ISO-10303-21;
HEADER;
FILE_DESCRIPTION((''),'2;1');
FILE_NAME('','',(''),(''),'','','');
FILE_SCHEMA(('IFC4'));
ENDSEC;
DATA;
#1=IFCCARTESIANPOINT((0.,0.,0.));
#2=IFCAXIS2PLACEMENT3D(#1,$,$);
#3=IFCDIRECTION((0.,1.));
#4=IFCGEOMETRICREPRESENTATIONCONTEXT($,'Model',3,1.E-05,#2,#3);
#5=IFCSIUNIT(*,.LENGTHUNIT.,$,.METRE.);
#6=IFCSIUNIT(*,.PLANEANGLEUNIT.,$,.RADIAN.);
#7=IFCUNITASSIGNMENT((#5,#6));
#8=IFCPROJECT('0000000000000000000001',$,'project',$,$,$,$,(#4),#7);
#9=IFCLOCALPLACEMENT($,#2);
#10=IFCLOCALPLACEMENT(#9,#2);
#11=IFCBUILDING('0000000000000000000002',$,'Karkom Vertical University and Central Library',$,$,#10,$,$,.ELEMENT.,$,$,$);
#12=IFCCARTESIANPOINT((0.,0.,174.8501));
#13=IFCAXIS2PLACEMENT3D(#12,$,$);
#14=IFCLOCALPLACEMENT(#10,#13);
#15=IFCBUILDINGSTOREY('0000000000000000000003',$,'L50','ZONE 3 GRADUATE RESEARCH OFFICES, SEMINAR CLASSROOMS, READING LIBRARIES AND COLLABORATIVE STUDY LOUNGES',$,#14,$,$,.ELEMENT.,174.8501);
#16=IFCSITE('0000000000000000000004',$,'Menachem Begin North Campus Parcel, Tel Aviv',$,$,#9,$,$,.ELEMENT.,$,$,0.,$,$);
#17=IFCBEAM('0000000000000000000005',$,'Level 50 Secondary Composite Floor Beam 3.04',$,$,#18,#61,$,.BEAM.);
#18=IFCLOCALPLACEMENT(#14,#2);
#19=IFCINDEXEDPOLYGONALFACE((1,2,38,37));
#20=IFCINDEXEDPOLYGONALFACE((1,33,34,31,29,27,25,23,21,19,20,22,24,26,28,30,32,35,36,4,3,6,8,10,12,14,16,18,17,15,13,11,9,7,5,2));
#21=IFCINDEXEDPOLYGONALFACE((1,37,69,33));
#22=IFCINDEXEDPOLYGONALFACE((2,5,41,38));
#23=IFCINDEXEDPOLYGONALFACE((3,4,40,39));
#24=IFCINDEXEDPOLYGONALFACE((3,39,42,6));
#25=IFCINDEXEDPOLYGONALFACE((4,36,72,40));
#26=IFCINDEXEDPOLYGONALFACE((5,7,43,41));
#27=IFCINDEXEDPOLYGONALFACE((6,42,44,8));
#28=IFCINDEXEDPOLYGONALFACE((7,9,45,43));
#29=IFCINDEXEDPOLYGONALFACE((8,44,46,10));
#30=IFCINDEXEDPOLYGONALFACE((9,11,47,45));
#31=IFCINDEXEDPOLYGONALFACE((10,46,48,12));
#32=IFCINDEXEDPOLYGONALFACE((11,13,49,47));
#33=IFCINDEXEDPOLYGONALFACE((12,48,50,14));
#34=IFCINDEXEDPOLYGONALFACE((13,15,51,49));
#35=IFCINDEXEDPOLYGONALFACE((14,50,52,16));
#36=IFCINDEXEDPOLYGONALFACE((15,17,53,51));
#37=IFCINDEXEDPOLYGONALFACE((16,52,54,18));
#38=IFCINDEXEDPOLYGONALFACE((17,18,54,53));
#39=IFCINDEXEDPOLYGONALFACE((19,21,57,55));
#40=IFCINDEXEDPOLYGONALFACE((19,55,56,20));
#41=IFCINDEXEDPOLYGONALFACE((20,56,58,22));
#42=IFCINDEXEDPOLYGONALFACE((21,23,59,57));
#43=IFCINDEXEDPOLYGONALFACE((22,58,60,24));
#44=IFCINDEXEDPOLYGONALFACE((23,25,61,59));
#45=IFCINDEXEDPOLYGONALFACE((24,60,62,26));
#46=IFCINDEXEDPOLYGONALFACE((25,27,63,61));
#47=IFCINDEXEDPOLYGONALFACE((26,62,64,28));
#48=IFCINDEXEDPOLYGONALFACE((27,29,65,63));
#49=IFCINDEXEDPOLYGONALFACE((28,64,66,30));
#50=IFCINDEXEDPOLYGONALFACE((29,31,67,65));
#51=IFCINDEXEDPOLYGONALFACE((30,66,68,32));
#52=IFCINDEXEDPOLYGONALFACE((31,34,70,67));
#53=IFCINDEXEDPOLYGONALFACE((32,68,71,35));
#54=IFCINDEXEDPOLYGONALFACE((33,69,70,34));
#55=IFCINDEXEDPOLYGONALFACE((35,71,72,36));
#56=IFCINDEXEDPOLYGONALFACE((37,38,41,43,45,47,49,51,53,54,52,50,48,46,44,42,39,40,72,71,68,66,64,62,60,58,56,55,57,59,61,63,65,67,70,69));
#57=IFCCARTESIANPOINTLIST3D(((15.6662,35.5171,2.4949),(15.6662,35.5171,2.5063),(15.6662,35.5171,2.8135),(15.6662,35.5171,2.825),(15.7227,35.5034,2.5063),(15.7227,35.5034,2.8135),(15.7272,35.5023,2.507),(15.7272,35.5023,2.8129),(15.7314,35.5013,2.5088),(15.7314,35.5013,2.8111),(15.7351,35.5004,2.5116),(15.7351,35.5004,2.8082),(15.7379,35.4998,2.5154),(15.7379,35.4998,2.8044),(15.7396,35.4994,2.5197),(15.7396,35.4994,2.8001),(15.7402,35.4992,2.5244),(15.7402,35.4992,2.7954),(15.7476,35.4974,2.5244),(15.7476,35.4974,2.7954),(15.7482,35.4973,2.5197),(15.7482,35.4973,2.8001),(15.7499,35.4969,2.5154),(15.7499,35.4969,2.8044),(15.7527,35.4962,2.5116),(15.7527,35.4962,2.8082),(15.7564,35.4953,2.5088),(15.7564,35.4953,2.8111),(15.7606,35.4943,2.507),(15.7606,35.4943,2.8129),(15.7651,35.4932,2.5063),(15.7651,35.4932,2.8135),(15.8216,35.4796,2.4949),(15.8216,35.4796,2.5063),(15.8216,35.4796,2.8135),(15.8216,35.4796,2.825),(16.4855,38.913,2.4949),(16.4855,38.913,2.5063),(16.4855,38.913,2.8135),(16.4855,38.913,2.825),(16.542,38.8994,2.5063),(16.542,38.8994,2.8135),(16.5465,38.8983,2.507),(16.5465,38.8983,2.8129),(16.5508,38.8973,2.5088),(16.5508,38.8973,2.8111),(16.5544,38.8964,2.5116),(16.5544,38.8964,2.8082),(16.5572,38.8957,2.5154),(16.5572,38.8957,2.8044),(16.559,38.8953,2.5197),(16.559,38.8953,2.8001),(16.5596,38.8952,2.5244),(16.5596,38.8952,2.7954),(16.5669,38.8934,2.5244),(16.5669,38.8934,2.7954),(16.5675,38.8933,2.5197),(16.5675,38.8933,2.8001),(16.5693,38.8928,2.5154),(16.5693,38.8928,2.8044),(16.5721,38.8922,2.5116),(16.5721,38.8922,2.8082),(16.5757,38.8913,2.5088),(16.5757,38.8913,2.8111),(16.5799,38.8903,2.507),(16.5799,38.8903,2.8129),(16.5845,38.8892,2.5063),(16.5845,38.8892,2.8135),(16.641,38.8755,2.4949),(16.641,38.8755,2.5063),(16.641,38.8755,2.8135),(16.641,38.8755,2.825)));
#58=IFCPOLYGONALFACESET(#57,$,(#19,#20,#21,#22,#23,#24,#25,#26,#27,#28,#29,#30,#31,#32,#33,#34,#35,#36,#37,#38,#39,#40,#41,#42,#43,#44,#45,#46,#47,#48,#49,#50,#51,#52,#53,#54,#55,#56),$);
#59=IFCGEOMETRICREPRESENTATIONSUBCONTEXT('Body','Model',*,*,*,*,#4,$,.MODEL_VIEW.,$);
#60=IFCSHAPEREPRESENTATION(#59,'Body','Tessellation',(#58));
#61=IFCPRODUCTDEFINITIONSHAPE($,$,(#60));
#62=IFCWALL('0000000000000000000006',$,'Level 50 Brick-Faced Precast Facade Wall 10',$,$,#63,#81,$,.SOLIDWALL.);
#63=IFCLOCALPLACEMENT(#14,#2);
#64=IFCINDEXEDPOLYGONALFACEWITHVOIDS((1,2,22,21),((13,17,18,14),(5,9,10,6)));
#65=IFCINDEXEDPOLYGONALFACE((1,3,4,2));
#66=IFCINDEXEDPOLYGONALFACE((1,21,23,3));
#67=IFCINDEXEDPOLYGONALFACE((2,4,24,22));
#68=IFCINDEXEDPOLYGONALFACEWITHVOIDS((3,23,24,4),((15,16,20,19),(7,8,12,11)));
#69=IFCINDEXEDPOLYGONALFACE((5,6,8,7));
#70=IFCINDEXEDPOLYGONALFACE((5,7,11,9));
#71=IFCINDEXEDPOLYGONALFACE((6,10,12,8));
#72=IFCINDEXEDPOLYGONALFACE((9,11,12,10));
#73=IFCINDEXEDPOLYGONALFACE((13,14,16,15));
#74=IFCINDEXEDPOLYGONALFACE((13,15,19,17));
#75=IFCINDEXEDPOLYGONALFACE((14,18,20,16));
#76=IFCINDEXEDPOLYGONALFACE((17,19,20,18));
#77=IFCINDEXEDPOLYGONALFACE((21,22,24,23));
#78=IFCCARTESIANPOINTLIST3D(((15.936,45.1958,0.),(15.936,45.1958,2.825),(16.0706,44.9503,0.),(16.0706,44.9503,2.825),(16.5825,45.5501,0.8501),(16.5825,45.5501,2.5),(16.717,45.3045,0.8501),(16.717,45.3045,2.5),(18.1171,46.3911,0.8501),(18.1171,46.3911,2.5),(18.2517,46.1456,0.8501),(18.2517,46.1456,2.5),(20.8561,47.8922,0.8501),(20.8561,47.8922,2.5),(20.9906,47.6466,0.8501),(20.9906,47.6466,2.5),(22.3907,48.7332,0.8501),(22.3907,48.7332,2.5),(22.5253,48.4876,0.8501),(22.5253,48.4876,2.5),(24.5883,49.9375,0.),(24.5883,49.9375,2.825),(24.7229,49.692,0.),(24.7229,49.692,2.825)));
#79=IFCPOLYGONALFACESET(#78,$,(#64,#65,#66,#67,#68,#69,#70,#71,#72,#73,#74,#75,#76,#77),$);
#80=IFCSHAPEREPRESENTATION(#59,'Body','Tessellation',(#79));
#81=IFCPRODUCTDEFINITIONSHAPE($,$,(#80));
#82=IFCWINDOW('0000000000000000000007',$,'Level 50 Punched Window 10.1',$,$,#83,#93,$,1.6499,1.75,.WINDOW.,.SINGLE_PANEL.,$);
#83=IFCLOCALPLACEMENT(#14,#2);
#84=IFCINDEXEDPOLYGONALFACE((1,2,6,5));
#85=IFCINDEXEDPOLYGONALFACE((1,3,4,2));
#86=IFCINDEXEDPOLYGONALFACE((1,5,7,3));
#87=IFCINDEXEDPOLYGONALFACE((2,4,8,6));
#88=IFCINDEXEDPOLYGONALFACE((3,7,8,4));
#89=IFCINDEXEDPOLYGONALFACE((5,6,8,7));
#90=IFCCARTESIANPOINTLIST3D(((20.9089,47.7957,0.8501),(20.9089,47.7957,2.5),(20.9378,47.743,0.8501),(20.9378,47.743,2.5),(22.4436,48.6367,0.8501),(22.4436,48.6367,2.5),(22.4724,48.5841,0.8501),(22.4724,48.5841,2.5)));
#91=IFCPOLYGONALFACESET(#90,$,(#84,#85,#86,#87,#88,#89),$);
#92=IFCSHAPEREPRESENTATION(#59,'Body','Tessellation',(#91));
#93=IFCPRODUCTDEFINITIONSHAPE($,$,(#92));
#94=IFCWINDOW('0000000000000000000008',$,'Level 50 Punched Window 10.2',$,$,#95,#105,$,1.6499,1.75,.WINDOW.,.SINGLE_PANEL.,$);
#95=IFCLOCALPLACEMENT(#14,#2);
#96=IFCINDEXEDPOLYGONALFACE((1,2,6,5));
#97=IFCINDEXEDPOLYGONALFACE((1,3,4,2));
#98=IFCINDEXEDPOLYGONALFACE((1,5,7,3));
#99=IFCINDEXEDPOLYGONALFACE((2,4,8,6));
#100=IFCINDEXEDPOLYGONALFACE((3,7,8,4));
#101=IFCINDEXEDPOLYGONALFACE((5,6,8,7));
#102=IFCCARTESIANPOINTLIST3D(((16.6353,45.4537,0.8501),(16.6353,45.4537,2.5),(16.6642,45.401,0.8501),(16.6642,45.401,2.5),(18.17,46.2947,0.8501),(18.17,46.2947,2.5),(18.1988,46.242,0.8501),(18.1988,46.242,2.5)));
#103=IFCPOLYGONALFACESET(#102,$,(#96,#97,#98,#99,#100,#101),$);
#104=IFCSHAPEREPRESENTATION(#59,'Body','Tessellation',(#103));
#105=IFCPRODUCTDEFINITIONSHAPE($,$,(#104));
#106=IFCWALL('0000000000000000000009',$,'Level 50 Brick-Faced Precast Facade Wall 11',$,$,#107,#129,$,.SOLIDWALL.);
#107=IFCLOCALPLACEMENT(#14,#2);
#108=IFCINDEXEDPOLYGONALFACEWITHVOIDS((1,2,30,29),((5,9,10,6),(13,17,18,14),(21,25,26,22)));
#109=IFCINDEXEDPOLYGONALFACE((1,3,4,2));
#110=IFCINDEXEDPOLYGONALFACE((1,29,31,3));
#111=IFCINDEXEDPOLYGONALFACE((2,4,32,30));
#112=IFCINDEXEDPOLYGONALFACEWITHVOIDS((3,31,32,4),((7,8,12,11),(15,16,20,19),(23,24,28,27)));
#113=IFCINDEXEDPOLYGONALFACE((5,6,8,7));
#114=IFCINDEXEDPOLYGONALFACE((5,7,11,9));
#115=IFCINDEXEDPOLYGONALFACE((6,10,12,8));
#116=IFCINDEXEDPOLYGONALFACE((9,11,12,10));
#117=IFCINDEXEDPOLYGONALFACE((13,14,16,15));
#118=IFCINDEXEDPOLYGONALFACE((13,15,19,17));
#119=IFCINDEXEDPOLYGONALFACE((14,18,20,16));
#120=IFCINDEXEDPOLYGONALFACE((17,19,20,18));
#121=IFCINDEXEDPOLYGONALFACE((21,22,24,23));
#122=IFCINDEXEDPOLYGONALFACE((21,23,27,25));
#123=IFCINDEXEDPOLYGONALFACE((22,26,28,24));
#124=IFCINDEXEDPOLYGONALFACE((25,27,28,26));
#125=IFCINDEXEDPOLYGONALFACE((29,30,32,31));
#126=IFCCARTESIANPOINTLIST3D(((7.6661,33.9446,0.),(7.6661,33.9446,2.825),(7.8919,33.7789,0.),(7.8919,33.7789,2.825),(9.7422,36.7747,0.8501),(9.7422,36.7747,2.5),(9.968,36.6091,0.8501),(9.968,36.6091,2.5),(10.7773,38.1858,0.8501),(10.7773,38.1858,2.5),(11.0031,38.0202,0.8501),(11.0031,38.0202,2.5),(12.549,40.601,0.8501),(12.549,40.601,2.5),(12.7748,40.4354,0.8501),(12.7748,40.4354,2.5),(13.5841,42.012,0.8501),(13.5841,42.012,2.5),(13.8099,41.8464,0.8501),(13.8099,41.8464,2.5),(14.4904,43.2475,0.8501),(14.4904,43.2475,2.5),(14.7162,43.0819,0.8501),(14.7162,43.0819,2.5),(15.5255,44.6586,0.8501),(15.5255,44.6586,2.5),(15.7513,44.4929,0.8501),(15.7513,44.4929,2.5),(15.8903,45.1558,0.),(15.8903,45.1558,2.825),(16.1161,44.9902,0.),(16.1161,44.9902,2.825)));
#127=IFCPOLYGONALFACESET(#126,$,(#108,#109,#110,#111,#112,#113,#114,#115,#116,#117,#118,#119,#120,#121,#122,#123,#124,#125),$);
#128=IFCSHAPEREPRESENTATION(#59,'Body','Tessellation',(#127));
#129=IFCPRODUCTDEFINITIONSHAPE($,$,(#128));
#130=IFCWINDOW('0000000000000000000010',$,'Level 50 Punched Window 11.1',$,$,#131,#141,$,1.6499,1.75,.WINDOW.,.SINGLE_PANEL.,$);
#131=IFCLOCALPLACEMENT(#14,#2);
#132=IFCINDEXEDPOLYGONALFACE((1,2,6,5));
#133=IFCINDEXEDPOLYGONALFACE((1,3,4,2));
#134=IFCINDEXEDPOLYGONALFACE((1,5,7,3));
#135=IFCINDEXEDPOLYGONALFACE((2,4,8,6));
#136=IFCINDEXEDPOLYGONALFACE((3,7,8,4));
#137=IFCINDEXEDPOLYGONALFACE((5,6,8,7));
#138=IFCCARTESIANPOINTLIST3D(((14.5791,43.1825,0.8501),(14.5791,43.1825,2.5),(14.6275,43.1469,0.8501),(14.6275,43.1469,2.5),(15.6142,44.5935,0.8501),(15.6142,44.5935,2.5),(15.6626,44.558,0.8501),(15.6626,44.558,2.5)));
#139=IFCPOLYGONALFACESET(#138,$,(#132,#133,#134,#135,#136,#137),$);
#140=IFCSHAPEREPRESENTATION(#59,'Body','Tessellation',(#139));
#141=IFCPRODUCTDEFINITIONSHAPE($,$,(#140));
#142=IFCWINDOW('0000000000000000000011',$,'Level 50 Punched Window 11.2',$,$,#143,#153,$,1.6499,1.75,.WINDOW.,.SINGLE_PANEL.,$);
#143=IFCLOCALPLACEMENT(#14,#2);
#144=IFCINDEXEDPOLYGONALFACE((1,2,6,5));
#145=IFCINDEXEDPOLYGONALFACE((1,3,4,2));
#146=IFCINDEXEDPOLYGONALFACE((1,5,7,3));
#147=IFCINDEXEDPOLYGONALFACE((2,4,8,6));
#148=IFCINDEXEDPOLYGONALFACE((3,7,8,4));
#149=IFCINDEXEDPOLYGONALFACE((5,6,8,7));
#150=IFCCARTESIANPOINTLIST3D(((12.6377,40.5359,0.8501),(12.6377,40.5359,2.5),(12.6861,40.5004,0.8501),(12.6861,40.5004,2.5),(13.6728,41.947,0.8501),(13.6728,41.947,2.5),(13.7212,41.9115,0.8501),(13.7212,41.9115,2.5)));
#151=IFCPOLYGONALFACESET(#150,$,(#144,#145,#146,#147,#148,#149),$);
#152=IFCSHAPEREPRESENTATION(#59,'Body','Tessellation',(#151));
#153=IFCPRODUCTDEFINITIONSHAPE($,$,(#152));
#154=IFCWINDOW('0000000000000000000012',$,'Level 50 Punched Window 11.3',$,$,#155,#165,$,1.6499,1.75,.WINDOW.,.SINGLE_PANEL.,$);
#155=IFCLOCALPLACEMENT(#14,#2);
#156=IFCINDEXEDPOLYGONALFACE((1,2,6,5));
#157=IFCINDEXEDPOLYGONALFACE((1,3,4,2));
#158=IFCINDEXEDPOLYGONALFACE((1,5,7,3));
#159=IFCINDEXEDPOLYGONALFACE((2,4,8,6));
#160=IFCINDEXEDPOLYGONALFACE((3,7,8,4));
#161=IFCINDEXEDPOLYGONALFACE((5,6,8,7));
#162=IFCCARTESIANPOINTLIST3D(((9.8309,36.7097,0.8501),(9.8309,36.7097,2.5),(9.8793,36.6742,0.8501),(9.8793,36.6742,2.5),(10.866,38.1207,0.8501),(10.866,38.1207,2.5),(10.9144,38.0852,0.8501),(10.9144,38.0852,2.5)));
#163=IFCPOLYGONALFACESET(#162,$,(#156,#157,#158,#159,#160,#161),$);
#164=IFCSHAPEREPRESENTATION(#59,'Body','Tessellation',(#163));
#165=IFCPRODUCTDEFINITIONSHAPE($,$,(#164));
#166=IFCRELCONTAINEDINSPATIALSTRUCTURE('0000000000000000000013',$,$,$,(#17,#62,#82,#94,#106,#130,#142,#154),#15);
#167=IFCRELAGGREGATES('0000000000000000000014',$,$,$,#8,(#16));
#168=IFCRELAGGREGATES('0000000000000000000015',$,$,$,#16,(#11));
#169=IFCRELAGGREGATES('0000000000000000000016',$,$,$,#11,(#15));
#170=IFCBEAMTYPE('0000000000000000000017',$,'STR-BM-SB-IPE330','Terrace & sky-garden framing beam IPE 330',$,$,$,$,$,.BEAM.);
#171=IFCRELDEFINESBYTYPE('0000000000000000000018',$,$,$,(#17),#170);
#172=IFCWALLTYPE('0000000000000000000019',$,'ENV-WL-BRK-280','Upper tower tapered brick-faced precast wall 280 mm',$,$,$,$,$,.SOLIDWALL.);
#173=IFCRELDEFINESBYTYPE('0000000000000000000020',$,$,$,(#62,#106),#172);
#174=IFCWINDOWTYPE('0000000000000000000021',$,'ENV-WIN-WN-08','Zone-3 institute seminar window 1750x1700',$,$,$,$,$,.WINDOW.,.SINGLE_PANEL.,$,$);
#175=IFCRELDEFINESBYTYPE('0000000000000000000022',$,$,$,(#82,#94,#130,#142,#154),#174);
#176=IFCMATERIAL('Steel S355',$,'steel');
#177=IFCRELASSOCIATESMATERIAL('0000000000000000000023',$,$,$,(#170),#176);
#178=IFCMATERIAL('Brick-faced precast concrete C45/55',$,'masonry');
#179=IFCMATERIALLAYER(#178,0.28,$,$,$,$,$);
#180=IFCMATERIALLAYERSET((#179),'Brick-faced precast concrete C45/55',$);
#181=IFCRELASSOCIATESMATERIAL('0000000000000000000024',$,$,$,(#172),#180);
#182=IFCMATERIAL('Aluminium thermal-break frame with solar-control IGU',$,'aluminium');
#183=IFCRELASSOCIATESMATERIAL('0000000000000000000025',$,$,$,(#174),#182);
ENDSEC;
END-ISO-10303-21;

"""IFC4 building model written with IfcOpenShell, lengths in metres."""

from ifc_helpers import new_model, si_unit, direction, frame, frame_2d, origin, origin_with_axes, origin_2d, place, context, subcontext, project, spatial, rectangle, i_section, extrude, source, transform, mapped, material, layer, layer_set, material_profile, profile_set, type_object, element, fill, save


model = new_model("IFC4")

# Units and contexts
model_context = context("Model", 3, precision=1e-05, world=origin(), true_north=direction((0.0, 1.0)))
body_context = subcontext(model_context, "Body", "Model", "MODEL_VIEW")
ifc_project = project(units=[si_unit("LENGTHUNIT", "METRE"), si_unit("PLANEANGLEUNIT", "RADIAN")], contexts=[model_context])

# Site, building, storey
site_placement = place(None, origin())
site = spatial("IfcSite", under=ifc_project, at=site_placement, Name="Menachem Begin North Campus Parcel, Tel Aviv", CompositionType="ELEMENT", RefElevation=0.0)
building_placement = place(site_placement, origin())
building = spatial("IfcBuilding", under=site, at=building_placement, Name="Karkom Vertical University and Central Library", CompositionType="ELEMENT")
storey_placement = place(building_placement, frame((0.0, 0.0, 174.8501)))
storey = spatial("IfcBuildingStorey", under=building, at=storey_placement, Name="L50", Description="ZONE 3 GRADUATE RESEARCH OFFICES, SEMINAR CLASSROOMS, READING LIBRARIES AND COLLABORATIVE STUDY LOUNGES", CompositionType="ELEMENT", Elevation=174.8501)

# Beam
ifc_material_1 = material(Name="Steel S355", Category="steel")
ifc_material_profile_1 = material_profile(ifc_material_1, i_section(OverallWidth=0.1599, OverallDepth=0.3301, WebThickness=0.0076, FlangeThickness=0.0115, FilletRadius=0.0181, at=origin_2d()), Name="IPE 330")
ifc_profile_set_1 = profile_set([ifc_material_profile_1], Name="Steel S355")
beam_type_1 = type_object("IfcBeamType", Name="STR-BM-SB-IPE330", Description="Terrace & sky-garden framing beam IPE 330", PredefinedType="BEAM", material=ifc_profile_set_1)
shared_shape_1 = source(origin_with_axes(), body_context, "Body", "SweptSolid", [
    extrude(i_section(OverallWidth=0.1599, OverallDepth=0.3301, WebThickness=0.0076, FlangeThickness=0.0115, FilletRadius=0.0181, at=origin_2d()), origin(), (0.0, 0.0, 1.0), 3.4934),
])
beam_1_placement = place(storey_placement, frame((16.5632, 38.8943, 2.6599), z_axis=(-0.234536, -0.972107, 0.0), x_axis=(0.972107, -0.234536, 0.0)))
element("IfcBeam", 1, at=beam_1_placement, inside=storey, type_object=beam_type_1, Name="Level 50 Secondary Composite Floor Beam 3.04", PredefinedType="BEAM", context=body_context, shape_type="MappedRepresentation", body=[
    mapped(shared_shape_1, transform((0.0, 0.0, 0.0), scale=1.0)),
])

# Walls, openings, windows
ifc_material_2 = material(Name="Brick-faced precast concrete C45/55", Category="masonry")
ifc_layer_1 = layer(ifc_material_2, 0.28)
ifc_layer_set_1 = layer_set([ifc_layer_1], Name="Brick-faced precast concrete C45/55")
wall_type_1 = type_object("IfcWallType", Name="ENV-WL-BRK-280", Description="Upper tower tapered brick-faced precast wall 280 mm", PredefinedType="SOLIDWALL", material=ifc_layer_set_1)
wall_1_placement = place(storey_placement, frame((24.6555, 49.8147, 0.0), z_axis=(0.0, 0.0, 1.0), x_axis=(-0.876946, -0.480588, 0.0)))
wall_1 = element("IfcWall", 2, at=wall_1_placement, inside=storey, type_object=wall_type_1, Name="Level 50 Brick-Faced Precast Facade Wall 10", PredefinedType="SOLIDWALL", context=body_context, shape_type="SweptSolid", body=[
    extrude(rectangle(XDim=9.8665, YDim=0.28, at=frame_2d((4.9331, 0.0))), origin(), (0.0, 0.0, 1.0), 2.825),
])
opening_1_placement = place(wall_1_placement, frame((2.5059, 0.0, 0.8501)))
opening_1 = element("IfcOpeningElement", 3, at=opening_1_placement, cuts=wall_1, PredefinedType="OPENING", context=body_context, shape_type="SweptSolid", body=[
    extrude(rectangle(XDim=1.75, YDim=1.6499, at=frame_2d((0.875, 0.825))), frame((0.0, 0.1499, 0.0), z_axis=(0.0, -1.0, 0.0), x_axis=(1.0, 0.0, 0.0)), (0.0, 0.0, 1.0), 0.3),
])
opening_2_placement = place(wall_1_placement, frame((7.3792, 0.0, 0.8501)))
opening_2 = element("IfcOpeningElement", 4, at=opening_2_placement, cuts=wall_1, PredefinedType="OPENING", context=body_context, shape_type="SweptSolid", body=[
    extrude(rectangle(XDim=1.75, YDim=1.6499, at=frame_2d((0.875, 0.825))), frame((0.0, 0.1499, 0.0), z_axis=(0.0, -1.0, 0.0), x_axis=(1.0, 0.0, 0.0)), (0.0, 0.0, 1.0), 0.3),
])
ifc_material_3 = material(Name="Aluminium thermal-break frame with solar-control IGU", Category="aluminium")
window_type = type_object("IfcWindowType", Name="ENV-WIN-WN-08", Description="Zone-3 institute seminar window 1750x1700", PartitioningType="SINGLE_PANEL", PredefinedType="WINDOW", material=ifc_material_3)
shared_shape_2 = source(origin_with_axes(), body_context, "Body", "SweptSolid", [
    extrude(rectangle(XDim=1.75, YDim=1.6499, at=frame_2d((0.875, 0.825))), frame((0.0, 0.03, 0.0), z_axis=(0.0, -1.0, 0.0), x_axis=(1.0, 0.0, 0.0)), (0.0, 0.0, 1.0), 0.0601),
])
window_1_placement = place(opening_1_placement, origin())
window_1 = element("IfcWindow", 5, at=window_1_placement, inside=storey, type_object=window_type, Name="Level 50 Punched Window 10.1", OverallHeight=1.6499, OverallWidth=1.75, PartitioningType="SINGLE_PANEL", PredefinedType="WINDOW", context=body_context, shape_type="MappedRepresentation", body=[
    mapped(shared_shape_2, transform((0.0, 0.0, 0.0), scale=1.0)),
])
fill(opening_1, window_1)
window_2_placement = place(opening_2_placement, origin())
window_2 = element("IfcWindow", 6, at=window_2_placement, inside=storey, type_object=window_type, Name="Level 50 Punched Window 10.2", OverallHeight=1.6499, OverallWidth=1.75, PartitioningType="SINGLE_PANEL", PredefinedType="WINDOW", context=body_context, shape_type="MappedRepresentation", body=[
    mapped(shared_shape_2, transform((0.0, 0.0, 0.0), scale=1.0)),
])
fill(opening_2, window_2)
wall_2_placement = place(storey_placement, frame((16.0032, 45.073, 0.0), z_axis=(0.0, 0.0, 1.0), x_axis=(-0.591485, -0.806316, 0.0)))
wall_2 = element("IfcWall", 7, at=wall_2_placement, inside=storey, type_object=wall_type_1, Name="Level 50 Brick-Faced Precast Facade Wall 11", PredefinedType="SOLIDWALL", context=body_context, shape_type="SweptSolid", body=[
    extrude(rectangle(XDim=13.9043, YDim=0.28, at=frame_2d((6.9521, 0.0))), origin(), (0.0, 0.0, 1.0), 2.825),
])
opening_3_placement = place(wall_2_placement, frame((0.6167, 0.0, 0.8501)))
opening_3 = element("IfcOpeningElement", 8, at=opening_3_placement, cuts=wall_2, PredefinedType="OPENING", context=body_context, shape_type="SweptSolid", body=[
    extrude(rectangle(XDim=1.75, YDim=1.6499, at=frame_2d((0.875, 0.825))), frame((0.0, 0.1499, 0.0), z_axis=(0.0, -1.0, 0.0), x_axis=(1.0, 0.0, 0.0)), (0.0, 0.0, 1.0), 0.3),
])
opening_4_placement = place(wall_2_placement, frame((3.8989, 0.0, 0.8501)))
opening_4 = element("IfcOpeningElement", 9, at=opening_4_placement, cuts=wall_2, PredefinedType="OPENING", context=body_context, shape_type="SweptSolid", body=[
    extrude(rectangle(XDim=1.75, YDim=1.6499, at=frame_2d((0.875, 0.825))), frame((0.0, 0.1499, 0.0), z_axis=(0.0, -1.0, 0.0), x_axis=(1.0, 0.0, 0.0)), (0.0, 0.0, 1.0), 0.3),
])
opening_5_placement = place(wall_2_placement, frame((8.6443, 0.0, 0.8501)))
opening_5 = element("IfcOpeningElement", 10, at=opening_5_placement, cuts=wall_2, PredefinedType="OPENING", context=body_context, shape_type="SweptSolid", body=[
    extrude(rectangle(XDim=1.75, YDim=1.6499, at=frame_2d((0.875, 0.825))), frame((0.0, 0.1499, 0.0), z_axis=(0.0, -1.0, 0.0), x_axis=(1.0, 0.0, 0.0)), (0.0, 0.0, 1.0), 0.3),
])
window_3_placement = place(opening_3_placement, origin())
window_3 = element("IfcWindow", 11, at=window_3_placement, inside=storey, type_object=window_type, Name="Level 50 Punched Window 11.1", OverallHeight=1.6499, OverallWidth=1.75, PartitioningType="SINGLE_PANEL", PredefinedType="WINDOW", context=body_context, shape_type="MappedRepresentation", body=[
    mapped(shared_shape_2, transform((0.0, 0.0, 0.0), scale=1.0)),
])
fill(opening_3, window_3)
window_4_placement = place(opening_4_placement, origin())
window_4 = element("IfcWindow", 12, at=window_4_placement, inside=storey, type_object=window_type, Name="Level 50 Punched Window 11.2", OverallHeight=1.6499, OverallWidth=1.75, PartitioningType="SINGLE_PANEL", PredefinedType="WINDOW", context=body_context, shape_type="MappedRepresentation", body=[
    mapped(shared_shape_2, transform((0.0, 0.0, 0.0), scale=1.0)),
])
fill(opening_4, window_4)
window_5_placement = place(opening_5_placement, origin())
window_5 = element("IfcWindow", 13, at=window_5_placement, inside=storey, type_object=window_type, Name="Level 50 Punched Window 11.3", OverallHeight=1.6499, OverallWidth=1.75, PartitioningType="SINGLE_PANEL", PredefinedType="WINDOW", context=body_context, shape_type="MappedRepresentation", body=[
    mapped(shared_shape_2, transform((0.0, 0.0, 0.0), scale=1.0)),
])
fill(opening_5, window_5)

save(model, "model.ifc")
